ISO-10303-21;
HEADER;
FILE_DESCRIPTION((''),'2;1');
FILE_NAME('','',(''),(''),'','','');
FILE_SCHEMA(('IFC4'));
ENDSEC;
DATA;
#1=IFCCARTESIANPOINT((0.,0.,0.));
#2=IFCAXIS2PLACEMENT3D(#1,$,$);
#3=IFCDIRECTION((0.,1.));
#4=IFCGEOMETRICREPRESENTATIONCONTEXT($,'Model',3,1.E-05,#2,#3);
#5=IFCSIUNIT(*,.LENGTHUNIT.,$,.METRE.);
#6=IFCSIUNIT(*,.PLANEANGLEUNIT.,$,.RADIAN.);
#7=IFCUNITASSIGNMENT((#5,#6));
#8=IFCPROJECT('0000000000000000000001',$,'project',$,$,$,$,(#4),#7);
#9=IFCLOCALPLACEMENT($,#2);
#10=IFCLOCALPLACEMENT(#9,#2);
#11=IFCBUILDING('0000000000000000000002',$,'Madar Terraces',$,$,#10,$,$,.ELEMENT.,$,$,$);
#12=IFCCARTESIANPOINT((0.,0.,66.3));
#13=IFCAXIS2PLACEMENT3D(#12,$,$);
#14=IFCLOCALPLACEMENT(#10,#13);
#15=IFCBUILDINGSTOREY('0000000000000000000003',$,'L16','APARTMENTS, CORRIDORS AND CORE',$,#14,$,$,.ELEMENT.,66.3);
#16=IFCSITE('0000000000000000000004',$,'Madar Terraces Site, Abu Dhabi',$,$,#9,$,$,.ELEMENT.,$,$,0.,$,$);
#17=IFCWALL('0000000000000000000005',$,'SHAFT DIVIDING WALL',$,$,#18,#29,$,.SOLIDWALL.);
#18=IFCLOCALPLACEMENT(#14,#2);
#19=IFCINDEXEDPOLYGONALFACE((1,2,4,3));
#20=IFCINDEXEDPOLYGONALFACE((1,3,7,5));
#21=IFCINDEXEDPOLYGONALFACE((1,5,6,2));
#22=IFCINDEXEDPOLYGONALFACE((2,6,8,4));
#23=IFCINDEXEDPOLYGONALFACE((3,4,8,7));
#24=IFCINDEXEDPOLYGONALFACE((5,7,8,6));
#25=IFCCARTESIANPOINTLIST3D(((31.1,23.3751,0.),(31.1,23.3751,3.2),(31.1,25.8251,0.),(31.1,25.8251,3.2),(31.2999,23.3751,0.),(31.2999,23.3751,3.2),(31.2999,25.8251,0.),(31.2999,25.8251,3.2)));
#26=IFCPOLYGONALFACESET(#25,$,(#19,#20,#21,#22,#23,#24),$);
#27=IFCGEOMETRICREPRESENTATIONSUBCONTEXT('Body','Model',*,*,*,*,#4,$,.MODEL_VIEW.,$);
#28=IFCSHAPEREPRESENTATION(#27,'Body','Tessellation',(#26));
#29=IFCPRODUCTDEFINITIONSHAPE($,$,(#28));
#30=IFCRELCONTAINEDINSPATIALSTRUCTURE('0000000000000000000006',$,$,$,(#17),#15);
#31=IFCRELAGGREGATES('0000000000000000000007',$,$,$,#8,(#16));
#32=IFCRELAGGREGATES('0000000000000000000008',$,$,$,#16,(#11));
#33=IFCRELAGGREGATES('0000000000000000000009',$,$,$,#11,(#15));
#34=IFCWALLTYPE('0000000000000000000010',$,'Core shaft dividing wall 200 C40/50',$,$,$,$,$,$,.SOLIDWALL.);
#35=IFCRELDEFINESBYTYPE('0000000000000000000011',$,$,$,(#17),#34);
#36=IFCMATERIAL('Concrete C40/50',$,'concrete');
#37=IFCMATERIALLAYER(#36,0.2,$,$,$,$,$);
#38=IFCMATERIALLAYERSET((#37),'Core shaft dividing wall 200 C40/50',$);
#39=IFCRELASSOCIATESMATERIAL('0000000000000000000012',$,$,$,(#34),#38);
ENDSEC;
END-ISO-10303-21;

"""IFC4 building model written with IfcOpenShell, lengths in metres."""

from ifc_helpers import new_model, si_unit, direction, frame, frame_2d, origin, place, context, subcontext, project, spatial, rectangle, extrude, material, layer, layer_set, type_object, element, save


model = new_model("IFC4")

# Units and contexts
model_context = context("Model", 3, precision=1e-05, world=origin(), true_north=direction((0.0, 1.0)))
body_context = subcontext(model_context, "Body", "Model", "MODEL_VIEW")
ifc_project = project(units=[si_unit("LENGTHUNIT", "METRE"), si_unit("PLANEANGLEUNIT", "RADIAN")], contexts=[model_context])

# Site, building, storey
site_placement = place(None, origin())
site = spatial("IfcSite", under=ifc_project, at=site_placement, Name="Madar Terraces Site, Abu Dhabi", CompositionType="ELEMENT", RefElevation=0.0)
building_placement = place(site_placement, origin())
building = spatial("IfcBuilding", under=site, at=building_placement, Name="Madar Terraces", CompositionType="ELEMENT")
storey_placement = place(building_placement, frame((0.0, 0.0, 66.3)))
storey = spatial("IfcBuildingStorey", under=building, at=storey_placement, Name="L16", Description="APARTMENTS, CORRIDORS AND CORE", CompositionType="ELEMENT", Elevation=66.3)

# Wall
ifc_material_1 = material(Name="Concrete C40/50", Category="concrete")
ifc_layer_1 = layer(ifc_material_1, 0.2)
ifc_layer_set_1 = layer_set([ifc_layer_1], Name="Core shaft dividing wall 200 C40/50")
wall_type_1 = type_object("IfcWallType", Name="Core shaft dividing wall 200 C40/50", PredefinedType="SOLIDWALL", material=ifc_layer_set_1)
for number, where, z_axis, x_axis, name in (
    (1, (31.2, 23.375, 0.0), (0.0, 0.0, 1.0), (0.0, 1.0, 0.0), "SHAFT DIVIDING WALL"),
):
    element("IfcWall", number, at=place(storey_placement, frame(where, z_axis=z_axis, x_axis=x_axis)), inside=storey, type_object=wall_type_1, Name=name, PredefinedType="SOLIDWALL", context=body_context, shape_type="SweptSolid", body=[
        extrude(rectangle(XDim=2.45, YDim=0.2, at=frame_2d((1.2251, 0.0))), origin(), (0.0, 0.0, 1.0), 3.2),
    ])

save(model, "model.ifc")
